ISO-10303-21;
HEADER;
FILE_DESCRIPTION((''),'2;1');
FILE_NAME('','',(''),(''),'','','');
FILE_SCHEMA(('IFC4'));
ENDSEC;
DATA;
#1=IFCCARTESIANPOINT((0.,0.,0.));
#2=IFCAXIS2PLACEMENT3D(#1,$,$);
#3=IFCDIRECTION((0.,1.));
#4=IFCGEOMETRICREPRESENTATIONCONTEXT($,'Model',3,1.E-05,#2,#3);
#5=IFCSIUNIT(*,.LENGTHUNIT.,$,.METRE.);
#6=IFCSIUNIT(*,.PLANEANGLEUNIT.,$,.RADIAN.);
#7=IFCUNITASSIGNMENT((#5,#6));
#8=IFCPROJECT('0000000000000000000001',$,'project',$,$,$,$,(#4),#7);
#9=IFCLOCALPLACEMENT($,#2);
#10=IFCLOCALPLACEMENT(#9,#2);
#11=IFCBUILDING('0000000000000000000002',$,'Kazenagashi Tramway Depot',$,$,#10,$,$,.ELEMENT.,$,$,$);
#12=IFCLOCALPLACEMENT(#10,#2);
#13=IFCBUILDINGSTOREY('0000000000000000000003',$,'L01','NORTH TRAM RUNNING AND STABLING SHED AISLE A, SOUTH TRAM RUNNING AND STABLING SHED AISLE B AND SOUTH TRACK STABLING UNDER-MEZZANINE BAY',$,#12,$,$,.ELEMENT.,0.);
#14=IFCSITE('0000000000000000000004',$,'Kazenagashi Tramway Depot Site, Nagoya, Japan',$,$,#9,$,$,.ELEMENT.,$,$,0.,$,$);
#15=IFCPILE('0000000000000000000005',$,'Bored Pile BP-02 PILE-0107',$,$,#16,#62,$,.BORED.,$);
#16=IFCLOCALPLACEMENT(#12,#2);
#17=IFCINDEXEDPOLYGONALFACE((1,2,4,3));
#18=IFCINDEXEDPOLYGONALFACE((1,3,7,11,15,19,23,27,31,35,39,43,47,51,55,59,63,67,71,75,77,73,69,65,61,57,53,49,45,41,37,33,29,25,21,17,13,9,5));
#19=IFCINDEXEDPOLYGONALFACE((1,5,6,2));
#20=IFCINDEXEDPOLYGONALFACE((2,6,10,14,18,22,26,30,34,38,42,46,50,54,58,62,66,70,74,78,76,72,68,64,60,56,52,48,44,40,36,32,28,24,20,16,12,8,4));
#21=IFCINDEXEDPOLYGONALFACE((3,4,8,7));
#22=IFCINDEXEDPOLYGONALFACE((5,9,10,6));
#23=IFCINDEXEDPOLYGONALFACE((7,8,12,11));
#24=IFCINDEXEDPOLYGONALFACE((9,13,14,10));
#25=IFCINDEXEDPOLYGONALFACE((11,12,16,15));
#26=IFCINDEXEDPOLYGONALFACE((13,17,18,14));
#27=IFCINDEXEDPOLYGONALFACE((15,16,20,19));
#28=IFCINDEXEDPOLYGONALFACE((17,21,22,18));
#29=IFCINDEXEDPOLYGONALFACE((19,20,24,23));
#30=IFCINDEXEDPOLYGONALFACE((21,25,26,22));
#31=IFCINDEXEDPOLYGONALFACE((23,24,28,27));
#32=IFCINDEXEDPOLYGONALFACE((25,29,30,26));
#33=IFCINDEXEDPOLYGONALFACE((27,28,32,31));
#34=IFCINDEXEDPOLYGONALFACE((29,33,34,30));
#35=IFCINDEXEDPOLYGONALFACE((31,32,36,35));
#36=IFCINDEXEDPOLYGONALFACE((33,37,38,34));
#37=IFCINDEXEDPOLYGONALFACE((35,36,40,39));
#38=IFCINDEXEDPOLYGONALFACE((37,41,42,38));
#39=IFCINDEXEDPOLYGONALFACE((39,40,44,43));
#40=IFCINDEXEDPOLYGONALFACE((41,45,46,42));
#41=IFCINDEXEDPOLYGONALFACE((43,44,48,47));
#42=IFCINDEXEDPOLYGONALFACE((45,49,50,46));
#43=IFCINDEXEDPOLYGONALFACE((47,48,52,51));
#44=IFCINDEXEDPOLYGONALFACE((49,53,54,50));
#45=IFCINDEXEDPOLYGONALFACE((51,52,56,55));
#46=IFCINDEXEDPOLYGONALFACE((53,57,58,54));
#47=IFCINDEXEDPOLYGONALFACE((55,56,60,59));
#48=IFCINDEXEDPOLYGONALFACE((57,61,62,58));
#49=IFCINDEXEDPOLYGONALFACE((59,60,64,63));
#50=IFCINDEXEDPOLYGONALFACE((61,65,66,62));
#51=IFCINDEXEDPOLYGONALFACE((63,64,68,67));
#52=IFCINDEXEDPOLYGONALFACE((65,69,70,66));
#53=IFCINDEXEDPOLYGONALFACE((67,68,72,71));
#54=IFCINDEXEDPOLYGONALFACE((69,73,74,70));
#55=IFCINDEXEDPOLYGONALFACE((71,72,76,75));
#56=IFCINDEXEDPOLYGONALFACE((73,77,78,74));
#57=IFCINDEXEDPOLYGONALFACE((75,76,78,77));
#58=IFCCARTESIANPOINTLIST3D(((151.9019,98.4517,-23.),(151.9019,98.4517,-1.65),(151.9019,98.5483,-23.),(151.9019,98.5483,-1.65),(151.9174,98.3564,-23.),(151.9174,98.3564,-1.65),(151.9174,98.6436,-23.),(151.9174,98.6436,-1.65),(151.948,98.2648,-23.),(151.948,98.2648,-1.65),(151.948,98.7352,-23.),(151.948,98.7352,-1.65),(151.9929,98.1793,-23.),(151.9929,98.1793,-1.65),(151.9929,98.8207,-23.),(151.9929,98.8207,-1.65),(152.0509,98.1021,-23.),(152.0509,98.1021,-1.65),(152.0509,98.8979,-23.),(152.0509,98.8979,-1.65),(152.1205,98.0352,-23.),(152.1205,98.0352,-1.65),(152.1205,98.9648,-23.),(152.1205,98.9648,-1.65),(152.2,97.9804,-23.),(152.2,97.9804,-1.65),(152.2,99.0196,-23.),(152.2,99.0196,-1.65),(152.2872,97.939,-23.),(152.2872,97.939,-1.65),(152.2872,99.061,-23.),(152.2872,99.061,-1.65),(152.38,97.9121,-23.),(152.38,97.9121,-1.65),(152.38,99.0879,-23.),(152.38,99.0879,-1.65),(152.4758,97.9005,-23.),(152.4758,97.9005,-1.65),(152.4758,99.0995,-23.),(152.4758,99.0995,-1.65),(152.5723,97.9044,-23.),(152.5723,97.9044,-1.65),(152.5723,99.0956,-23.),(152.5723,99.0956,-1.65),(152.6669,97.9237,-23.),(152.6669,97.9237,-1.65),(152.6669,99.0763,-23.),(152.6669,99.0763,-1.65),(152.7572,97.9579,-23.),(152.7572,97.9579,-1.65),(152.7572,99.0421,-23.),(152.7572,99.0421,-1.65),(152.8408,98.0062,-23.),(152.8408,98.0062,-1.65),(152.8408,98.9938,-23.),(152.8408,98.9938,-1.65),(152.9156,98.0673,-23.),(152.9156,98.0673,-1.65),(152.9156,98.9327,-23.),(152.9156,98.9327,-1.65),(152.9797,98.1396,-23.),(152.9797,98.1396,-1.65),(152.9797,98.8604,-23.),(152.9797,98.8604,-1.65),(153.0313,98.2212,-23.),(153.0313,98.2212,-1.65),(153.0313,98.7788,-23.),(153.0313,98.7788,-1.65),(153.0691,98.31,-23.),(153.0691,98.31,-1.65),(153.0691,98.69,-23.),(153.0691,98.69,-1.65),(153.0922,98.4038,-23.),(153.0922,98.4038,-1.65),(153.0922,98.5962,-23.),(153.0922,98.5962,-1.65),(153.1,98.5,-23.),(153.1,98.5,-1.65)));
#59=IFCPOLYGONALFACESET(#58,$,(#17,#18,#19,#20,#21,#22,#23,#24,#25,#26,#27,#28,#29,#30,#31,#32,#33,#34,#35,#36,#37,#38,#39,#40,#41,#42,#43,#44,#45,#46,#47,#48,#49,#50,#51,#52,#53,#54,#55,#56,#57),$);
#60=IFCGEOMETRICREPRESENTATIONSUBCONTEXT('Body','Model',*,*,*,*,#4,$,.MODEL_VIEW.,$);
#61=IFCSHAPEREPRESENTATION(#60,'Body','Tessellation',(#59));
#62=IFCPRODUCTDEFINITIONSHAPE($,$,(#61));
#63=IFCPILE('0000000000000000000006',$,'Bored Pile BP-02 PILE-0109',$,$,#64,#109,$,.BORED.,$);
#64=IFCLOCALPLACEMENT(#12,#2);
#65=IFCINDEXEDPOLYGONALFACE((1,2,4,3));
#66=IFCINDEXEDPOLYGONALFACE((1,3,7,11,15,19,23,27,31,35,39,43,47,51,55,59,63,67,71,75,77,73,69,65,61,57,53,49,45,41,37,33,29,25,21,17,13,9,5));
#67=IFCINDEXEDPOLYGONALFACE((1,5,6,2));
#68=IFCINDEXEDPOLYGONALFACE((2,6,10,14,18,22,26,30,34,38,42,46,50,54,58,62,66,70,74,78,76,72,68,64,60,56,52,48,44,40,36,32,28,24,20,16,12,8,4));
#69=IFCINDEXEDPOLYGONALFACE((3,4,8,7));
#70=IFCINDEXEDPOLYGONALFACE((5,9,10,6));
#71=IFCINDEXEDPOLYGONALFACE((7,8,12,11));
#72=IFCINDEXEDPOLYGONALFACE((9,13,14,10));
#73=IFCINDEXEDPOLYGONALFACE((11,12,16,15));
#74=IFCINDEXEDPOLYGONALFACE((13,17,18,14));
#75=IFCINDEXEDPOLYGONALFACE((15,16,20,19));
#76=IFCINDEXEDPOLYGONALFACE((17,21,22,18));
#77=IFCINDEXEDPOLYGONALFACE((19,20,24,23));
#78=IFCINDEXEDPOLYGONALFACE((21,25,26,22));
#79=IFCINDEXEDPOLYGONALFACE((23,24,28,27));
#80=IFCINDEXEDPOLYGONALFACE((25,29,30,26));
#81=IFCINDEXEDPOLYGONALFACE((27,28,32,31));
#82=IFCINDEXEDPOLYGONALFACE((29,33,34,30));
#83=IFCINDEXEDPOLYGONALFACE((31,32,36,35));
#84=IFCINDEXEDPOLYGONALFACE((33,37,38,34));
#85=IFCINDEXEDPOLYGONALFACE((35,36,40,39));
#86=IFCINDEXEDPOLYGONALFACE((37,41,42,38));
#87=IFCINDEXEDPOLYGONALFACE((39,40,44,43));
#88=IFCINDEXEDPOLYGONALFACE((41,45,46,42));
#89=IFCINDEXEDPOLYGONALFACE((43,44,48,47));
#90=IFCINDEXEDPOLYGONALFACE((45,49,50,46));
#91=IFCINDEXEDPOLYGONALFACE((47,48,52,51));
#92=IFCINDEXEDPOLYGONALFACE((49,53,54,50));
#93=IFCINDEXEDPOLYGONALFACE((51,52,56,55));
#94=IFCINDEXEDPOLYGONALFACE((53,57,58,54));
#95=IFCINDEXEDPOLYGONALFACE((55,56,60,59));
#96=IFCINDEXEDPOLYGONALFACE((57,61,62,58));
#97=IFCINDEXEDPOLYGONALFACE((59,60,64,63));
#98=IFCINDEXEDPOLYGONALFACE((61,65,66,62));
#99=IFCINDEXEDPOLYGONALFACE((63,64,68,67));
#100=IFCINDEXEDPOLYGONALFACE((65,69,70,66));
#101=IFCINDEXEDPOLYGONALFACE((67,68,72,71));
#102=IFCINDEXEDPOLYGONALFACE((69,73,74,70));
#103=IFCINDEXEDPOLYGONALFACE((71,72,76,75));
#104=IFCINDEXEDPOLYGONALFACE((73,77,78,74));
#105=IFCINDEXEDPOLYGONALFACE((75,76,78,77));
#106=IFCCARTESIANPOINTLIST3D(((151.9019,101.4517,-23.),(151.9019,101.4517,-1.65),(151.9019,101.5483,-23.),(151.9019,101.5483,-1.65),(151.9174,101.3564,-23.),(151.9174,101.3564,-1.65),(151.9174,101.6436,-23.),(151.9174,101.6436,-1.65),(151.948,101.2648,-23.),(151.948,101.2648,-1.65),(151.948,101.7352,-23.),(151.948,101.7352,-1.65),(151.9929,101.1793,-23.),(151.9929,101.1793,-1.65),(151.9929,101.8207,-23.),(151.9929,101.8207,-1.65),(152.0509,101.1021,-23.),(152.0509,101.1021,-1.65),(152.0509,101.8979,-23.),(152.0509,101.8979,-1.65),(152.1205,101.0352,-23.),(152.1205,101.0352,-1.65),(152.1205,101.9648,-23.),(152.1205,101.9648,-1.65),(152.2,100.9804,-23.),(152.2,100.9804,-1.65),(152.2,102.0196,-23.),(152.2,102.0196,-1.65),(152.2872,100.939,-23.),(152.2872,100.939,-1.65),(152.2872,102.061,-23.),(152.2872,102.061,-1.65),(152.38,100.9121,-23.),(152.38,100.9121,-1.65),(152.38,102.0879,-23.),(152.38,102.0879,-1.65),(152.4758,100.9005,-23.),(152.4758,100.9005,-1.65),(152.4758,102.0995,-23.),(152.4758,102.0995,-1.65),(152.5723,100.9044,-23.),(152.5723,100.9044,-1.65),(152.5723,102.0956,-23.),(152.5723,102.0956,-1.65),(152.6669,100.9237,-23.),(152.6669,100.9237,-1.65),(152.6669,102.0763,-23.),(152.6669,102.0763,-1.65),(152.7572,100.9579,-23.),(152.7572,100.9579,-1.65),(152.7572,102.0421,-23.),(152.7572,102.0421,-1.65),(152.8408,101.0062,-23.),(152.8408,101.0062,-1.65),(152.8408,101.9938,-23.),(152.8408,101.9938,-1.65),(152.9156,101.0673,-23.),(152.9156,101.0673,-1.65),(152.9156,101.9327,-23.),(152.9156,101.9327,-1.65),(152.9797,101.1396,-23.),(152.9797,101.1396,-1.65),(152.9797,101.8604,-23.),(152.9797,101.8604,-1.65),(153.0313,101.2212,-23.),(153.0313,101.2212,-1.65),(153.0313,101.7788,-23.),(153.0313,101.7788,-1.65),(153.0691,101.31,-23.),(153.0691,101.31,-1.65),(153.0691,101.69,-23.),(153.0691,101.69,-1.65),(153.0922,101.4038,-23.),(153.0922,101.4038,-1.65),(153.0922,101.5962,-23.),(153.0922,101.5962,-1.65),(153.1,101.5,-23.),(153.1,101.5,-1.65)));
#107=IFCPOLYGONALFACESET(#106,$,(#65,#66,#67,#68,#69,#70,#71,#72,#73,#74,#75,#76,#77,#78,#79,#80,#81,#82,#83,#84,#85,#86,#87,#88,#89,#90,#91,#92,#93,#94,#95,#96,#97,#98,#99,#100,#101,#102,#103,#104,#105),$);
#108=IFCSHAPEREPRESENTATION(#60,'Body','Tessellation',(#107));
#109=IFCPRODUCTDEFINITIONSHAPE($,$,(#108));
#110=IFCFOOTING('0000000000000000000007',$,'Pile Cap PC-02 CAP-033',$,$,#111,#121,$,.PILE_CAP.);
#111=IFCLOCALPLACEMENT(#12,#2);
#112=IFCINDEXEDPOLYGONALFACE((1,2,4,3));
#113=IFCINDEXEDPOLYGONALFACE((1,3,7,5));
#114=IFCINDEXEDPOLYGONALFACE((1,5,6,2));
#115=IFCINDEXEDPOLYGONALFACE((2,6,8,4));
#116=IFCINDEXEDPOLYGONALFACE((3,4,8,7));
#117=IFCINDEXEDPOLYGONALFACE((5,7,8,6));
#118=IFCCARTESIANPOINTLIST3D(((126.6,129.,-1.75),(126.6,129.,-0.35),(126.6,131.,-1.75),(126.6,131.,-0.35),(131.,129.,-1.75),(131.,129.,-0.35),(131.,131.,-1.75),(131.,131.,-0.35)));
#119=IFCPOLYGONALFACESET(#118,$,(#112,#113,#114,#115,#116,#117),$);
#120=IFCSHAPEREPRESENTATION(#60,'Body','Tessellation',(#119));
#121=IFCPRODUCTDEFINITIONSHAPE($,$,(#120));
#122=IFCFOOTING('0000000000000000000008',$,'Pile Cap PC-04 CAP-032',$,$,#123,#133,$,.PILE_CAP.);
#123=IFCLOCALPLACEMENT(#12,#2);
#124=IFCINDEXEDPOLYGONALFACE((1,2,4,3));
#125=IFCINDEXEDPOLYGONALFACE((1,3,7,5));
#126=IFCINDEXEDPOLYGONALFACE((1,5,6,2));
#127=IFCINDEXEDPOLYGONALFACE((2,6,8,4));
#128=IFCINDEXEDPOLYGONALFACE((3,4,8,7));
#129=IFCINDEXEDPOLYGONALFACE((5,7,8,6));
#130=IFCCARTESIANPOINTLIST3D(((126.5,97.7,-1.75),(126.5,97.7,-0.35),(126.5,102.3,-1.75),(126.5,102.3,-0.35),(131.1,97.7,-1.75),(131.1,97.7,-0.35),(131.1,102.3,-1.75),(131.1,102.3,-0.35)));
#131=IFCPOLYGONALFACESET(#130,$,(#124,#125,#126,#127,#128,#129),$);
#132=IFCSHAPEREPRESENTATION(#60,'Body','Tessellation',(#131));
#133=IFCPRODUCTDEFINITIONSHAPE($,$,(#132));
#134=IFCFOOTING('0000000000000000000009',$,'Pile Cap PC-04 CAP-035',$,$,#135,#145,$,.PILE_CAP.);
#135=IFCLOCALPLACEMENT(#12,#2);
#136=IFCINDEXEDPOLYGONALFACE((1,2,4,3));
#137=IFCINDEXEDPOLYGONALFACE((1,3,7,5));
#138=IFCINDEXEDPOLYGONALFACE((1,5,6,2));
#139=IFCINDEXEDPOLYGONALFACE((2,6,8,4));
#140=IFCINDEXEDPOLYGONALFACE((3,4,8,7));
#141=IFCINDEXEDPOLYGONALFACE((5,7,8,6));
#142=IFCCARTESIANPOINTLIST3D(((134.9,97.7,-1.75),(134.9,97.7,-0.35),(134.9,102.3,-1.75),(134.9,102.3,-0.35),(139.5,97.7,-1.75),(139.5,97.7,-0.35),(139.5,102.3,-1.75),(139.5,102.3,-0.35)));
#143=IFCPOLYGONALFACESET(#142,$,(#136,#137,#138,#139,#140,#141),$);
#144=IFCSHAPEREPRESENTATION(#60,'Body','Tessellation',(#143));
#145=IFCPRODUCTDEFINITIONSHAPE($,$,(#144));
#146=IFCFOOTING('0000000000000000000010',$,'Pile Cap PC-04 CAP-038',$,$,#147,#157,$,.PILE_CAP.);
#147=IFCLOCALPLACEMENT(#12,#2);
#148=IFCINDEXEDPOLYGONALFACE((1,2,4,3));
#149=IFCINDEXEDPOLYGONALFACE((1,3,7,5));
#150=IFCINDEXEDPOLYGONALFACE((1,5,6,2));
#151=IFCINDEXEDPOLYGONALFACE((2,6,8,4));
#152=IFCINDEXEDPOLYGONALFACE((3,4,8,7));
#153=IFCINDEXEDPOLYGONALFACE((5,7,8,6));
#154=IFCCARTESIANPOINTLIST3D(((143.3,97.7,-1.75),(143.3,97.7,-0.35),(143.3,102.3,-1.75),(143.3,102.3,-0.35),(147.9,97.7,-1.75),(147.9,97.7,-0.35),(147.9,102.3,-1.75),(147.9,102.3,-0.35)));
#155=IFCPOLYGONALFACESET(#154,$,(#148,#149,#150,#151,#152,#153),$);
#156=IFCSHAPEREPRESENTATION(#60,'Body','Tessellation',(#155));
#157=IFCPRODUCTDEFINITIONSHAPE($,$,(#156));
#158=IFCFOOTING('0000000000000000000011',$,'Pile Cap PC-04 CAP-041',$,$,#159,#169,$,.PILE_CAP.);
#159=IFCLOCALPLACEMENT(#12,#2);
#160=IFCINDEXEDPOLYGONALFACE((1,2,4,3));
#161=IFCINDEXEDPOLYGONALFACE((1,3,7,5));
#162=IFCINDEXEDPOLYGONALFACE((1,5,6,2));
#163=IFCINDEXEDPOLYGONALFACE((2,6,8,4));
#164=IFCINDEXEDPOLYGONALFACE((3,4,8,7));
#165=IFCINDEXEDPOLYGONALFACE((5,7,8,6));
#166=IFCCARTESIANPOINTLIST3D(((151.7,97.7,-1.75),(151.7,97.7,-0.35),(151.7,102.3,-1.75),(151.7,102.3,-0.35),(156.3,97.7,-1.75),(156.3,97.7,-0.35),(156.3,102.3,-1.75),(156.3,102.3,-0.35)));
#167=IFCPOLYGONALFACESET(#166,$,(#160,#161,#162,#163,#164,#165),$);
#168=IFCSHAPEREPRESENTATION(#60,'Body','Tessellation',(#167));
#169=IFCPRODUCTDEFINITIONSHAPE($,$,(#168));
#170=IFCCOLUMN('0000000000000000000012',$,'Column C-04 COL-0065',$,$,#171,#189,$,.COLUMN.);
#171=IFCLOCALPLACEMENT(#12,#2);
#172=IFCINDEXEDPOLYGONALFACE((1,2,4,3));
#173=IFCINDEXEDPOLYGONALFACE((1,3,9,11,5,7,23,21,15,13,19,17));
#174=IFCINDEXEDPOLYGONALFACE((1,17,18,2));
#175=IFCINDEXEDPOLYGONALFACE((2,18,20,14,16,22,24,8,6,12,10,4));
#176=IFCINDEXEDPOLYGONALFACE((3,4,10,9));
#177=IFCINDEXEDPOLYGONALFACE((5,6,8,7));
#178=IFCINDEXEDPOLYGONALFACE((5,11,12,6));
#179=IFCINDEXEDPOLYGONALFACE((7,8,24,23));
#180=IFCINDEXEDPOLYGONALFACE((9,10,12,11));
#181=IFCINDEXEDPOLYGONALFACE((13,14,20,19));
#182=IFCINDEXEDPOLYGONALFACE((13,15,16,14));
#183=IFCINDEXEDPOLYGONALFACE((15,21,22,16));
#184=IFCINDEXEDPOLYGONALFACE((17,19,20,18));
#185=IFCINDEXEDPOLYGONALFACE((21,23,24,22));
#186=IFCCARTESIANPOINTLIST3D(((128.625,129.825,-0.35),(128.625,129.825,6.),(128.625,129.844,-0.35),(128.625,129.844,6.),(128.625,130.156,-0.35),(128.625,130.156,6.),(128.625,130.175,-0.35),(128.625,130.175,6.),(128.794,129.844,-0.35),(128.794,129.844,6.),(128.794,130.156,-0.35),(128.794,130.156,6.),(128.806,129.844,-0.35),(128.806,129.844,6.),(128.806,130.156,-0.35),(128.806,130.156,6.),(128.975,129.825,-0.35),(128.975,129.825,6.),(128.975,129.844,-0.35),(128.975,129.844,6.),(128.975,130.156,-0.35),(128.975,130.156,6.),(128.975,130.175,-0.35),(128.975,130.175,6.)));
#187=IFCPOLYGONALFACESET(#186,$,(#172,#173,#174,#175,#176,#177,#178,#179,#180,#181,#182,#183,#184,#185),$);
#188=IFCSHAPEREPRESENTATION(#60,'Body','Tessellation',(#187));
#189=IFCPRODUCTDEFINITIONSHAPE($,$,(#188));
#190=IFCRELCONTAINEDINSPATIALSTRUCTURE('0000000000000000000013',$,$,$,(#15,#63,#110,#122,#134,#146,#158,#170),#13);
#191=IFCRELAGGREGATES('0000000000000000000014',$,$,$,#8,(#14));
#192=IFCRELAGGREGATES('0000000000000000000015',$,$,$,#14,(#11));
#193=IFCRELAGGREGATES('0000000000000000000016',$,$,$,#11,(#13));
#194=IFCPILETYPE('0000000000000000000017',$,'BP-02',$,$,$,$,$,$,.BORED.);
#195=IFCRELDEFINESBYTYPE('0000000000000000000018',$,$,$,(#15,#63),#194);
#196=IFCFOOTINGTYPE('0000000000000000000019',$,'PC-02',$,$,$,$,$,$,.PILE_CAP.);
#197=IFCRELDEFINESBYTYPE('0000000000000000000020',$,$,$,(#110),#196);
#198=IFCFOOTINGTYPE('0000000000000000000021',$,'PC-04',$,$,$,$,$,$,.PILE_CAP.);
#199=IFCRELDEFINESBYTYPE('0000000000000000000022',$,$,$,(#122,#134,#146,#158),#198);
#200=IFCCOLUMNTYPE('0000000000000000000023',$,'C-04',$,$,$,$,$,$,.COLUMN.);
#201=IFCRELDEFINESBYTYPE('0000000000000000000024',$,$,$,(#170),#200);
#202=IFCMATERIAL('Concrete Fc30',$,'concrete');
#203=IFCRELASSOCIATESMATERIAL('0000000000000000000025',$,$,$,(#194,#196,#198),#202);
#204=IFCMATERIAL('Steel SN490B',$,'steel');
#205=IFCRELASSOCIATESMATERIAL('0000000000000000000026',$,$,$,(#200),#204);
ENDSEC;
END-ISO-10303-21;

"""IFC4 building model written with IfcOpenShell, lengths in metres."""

from ifc_helpers import new_model, si_unit, direction, frame, origin, origin_2d, place, context, subcontext, project, spatial, rectangle, circle, i_section, extrude, material, material_profile, profile_set, type_object, element, save


model = new_model("IFC4")

# Units and contexts
model_context = context("Model", 3, precision=1e-05, world=origin(), true_north=direction((0.0, 1.0)))
body_context = subcontext(model_context, "Body", "Model", "MODEL_VIEW")
ifc_project = project(units=[si_unit("LENGTHUNIT", "METRE"), si_unit("PLANEANGLEUNIT", "RADIAN")], contexts=[model_context])

# Site, building, storey
site_placement = place(None, origin())
site = spatial("IfcSite", under=ifc_project, at=site_placement, Name="Kazenagashi Tramway Depot Site, Nagoya, Japan", CompositionType="ELEMENT", RefElevation=0.0)
building_placement = place(site_placement, origin())
building = spatial("IfcBuilding", under=site, at=building_placement, Name="Kazenagashi Tramway Depot", CompositionType="ELEMENT")
storey_placement = place(building_placement, origin())
storey = spatial("IfcBuildingStorey", under=building, at=storey_placement, Name="L01", Description="NORTH TRAM RUNNING AND STABLING SHED AISLE A, SOUTH TRAM RUNNING AND STABLING SHED AISLE B AND SOUTH TRACK STABLING UNDER-MEZZANINE BAY", CompositionType="ELEMENT", Elevation=0.0)

# Piles
ifc_material_1 = material(Name="Concrete Fc30", Category="concrete")
ifc_material_profile_1 = material_profile(ifc_material_1, circle(Radius=0.6, at=origin_2d()), Name="PILE-1200")
ifc_profile_set_1 = profile_set([ifc_material_profile_1], Name="Concrete Fc30")
pile_type = type_object("IfcPileType", Name="BP-02", PredefinedType="BORED", material=ifc_profile_set_1)
for number, where, z_axis, x_axis, name in (
    (1, (152.5, 98.5, -1.65), (0.0, 0.0, -1.0), (1.0, 0.0, 0.0), "Bored Pile BP-02 PILE-0107"),
    (2, (152.5, 101.5, -1.65), (0.0, 0.0, -1.0), (1.0, 0.0, 0.0), "Bored Pile BP-02 PILE-0109"),
):
    element("IfcPile", number, at=place(storey_placement, frame(where, z_axis=z_axis, x_axis=x_axis)), inside=storey, type_object=pile_type, Name=name, PredefinedType="BORED", context=body_context, shape_type="SweptSolid", body=[
        extrude(circle(Radius=0.6, at=origin_2d()), origin(), (0.0, 0.0, 1.0), 21.35),
    ])

# Footings
footing_type_1 = type_object("IfcFootingType", Name="PC-02", PredefinedType="PILE_CAP", material=ifc_material_1)
footing_placement = place(storey_placement, frame((128.8, 130.0, -1.75), z_axis=(0.0, 0.0, 1.0), x_axis=(1.0, 0.0, 0.0)))
element("IfcFooting", 3, at=footing_placement, inside=storey, type_object=footing_type_1, Name="Pile Cap PC-02 CAP-033", PredefinedType="PILE_CAP", context=body_context, shape_type="SweptSolid", body=[
    extrude(rectangle(XDim=4.4, YDim=2.0, at=origin_2d()), origin(), (0.0, 0.0, 1.0), 1.4),
])
footing_type_2 = type_object("IfcFootingType", Name="PC-04", PredefinedType="PILE_CAP", material=ifc_material_1)
for number, where, z_axis, x_axis, name in (
    (4, (128.8, 100.0, -1.75), (0.0, 0.0, 1.0), (1.0, 0.0, 0.0), "Pile Cap PC-04 CAP-032"),
    (5, (137.2, 100.0, -1.75), (0.0, 0.0, 1.0), (1.0, 0.0, 0.0), "Pile Cap PC-04 CAP-035"),
    (6, (145.6, 100.0, -1.75), (0.0, 0.0, 1.0), (1.0, 0.0, 0.0), "Pile Cap PC-04 CAP-038"),
    (7, (154.0, 100.0, -1.75), (0.0, 0.0, 1.0), (1.0, 0.0, 0.0), "Pile Cap PC-04 CAP-041"),
):
    element("IfcFooting", number, at=place(storey_placement, frame(where, z_axis=z_axis, x_axis=x_axis)), inside=storey, type_object=footing_type_2, Name=name, PredefinedType="PILE_CAP", context=body_context, shape_type="SweptSolid", body=[
        extrude(rectangle(XDim=4.6, YDim=4.6, at=origin_2d()), origin(), (0.0, 0.0, 1.0), 1.4),
    ])

# Column
ifc_material_2 = material(Name="Steel SN490B", Category="steel")
ifc_material_profile_2 = material_profile(ifc_material_2, i_section(OverallWidth=0.35, OverallDepth=0.35, WebThickness=0.012, FlangeThickness=0.019, at=origin_2d()), Name="H-350x350x12x19")
ifc_profile_set_2 = profile_set([ifc_material_profile_2], Name="Steel SN490B")
column_type_1 = type_object("IfcColumnType", Name="C-04", PredefinedType="COLUMN", material=ifc_profile_set_2)
column_placement = place(storey_placement, frame((128.8, 130.0, -0.35), z_axis=(0.0, 0.0, 1.0), x_axis=(1.0, 0.0, 0.0)))
element("IfcColumn", 8, at=column_placement, inside=storey, type_object=column_type_1, Name="Column C-04 COL-0065", PredefinedType="COLUMN", context=body_context, shape_type="SweptSolid", body=[
    extrude(i_section(OverallWidth=0.35, OverallDepth=0.35, WebThickness=0.012, FlangeThickness=0.019, at=origin_2d()), origin(), (0.0, 0.0, 1.0), 6.35),
])

save(model, "model.ifc")
